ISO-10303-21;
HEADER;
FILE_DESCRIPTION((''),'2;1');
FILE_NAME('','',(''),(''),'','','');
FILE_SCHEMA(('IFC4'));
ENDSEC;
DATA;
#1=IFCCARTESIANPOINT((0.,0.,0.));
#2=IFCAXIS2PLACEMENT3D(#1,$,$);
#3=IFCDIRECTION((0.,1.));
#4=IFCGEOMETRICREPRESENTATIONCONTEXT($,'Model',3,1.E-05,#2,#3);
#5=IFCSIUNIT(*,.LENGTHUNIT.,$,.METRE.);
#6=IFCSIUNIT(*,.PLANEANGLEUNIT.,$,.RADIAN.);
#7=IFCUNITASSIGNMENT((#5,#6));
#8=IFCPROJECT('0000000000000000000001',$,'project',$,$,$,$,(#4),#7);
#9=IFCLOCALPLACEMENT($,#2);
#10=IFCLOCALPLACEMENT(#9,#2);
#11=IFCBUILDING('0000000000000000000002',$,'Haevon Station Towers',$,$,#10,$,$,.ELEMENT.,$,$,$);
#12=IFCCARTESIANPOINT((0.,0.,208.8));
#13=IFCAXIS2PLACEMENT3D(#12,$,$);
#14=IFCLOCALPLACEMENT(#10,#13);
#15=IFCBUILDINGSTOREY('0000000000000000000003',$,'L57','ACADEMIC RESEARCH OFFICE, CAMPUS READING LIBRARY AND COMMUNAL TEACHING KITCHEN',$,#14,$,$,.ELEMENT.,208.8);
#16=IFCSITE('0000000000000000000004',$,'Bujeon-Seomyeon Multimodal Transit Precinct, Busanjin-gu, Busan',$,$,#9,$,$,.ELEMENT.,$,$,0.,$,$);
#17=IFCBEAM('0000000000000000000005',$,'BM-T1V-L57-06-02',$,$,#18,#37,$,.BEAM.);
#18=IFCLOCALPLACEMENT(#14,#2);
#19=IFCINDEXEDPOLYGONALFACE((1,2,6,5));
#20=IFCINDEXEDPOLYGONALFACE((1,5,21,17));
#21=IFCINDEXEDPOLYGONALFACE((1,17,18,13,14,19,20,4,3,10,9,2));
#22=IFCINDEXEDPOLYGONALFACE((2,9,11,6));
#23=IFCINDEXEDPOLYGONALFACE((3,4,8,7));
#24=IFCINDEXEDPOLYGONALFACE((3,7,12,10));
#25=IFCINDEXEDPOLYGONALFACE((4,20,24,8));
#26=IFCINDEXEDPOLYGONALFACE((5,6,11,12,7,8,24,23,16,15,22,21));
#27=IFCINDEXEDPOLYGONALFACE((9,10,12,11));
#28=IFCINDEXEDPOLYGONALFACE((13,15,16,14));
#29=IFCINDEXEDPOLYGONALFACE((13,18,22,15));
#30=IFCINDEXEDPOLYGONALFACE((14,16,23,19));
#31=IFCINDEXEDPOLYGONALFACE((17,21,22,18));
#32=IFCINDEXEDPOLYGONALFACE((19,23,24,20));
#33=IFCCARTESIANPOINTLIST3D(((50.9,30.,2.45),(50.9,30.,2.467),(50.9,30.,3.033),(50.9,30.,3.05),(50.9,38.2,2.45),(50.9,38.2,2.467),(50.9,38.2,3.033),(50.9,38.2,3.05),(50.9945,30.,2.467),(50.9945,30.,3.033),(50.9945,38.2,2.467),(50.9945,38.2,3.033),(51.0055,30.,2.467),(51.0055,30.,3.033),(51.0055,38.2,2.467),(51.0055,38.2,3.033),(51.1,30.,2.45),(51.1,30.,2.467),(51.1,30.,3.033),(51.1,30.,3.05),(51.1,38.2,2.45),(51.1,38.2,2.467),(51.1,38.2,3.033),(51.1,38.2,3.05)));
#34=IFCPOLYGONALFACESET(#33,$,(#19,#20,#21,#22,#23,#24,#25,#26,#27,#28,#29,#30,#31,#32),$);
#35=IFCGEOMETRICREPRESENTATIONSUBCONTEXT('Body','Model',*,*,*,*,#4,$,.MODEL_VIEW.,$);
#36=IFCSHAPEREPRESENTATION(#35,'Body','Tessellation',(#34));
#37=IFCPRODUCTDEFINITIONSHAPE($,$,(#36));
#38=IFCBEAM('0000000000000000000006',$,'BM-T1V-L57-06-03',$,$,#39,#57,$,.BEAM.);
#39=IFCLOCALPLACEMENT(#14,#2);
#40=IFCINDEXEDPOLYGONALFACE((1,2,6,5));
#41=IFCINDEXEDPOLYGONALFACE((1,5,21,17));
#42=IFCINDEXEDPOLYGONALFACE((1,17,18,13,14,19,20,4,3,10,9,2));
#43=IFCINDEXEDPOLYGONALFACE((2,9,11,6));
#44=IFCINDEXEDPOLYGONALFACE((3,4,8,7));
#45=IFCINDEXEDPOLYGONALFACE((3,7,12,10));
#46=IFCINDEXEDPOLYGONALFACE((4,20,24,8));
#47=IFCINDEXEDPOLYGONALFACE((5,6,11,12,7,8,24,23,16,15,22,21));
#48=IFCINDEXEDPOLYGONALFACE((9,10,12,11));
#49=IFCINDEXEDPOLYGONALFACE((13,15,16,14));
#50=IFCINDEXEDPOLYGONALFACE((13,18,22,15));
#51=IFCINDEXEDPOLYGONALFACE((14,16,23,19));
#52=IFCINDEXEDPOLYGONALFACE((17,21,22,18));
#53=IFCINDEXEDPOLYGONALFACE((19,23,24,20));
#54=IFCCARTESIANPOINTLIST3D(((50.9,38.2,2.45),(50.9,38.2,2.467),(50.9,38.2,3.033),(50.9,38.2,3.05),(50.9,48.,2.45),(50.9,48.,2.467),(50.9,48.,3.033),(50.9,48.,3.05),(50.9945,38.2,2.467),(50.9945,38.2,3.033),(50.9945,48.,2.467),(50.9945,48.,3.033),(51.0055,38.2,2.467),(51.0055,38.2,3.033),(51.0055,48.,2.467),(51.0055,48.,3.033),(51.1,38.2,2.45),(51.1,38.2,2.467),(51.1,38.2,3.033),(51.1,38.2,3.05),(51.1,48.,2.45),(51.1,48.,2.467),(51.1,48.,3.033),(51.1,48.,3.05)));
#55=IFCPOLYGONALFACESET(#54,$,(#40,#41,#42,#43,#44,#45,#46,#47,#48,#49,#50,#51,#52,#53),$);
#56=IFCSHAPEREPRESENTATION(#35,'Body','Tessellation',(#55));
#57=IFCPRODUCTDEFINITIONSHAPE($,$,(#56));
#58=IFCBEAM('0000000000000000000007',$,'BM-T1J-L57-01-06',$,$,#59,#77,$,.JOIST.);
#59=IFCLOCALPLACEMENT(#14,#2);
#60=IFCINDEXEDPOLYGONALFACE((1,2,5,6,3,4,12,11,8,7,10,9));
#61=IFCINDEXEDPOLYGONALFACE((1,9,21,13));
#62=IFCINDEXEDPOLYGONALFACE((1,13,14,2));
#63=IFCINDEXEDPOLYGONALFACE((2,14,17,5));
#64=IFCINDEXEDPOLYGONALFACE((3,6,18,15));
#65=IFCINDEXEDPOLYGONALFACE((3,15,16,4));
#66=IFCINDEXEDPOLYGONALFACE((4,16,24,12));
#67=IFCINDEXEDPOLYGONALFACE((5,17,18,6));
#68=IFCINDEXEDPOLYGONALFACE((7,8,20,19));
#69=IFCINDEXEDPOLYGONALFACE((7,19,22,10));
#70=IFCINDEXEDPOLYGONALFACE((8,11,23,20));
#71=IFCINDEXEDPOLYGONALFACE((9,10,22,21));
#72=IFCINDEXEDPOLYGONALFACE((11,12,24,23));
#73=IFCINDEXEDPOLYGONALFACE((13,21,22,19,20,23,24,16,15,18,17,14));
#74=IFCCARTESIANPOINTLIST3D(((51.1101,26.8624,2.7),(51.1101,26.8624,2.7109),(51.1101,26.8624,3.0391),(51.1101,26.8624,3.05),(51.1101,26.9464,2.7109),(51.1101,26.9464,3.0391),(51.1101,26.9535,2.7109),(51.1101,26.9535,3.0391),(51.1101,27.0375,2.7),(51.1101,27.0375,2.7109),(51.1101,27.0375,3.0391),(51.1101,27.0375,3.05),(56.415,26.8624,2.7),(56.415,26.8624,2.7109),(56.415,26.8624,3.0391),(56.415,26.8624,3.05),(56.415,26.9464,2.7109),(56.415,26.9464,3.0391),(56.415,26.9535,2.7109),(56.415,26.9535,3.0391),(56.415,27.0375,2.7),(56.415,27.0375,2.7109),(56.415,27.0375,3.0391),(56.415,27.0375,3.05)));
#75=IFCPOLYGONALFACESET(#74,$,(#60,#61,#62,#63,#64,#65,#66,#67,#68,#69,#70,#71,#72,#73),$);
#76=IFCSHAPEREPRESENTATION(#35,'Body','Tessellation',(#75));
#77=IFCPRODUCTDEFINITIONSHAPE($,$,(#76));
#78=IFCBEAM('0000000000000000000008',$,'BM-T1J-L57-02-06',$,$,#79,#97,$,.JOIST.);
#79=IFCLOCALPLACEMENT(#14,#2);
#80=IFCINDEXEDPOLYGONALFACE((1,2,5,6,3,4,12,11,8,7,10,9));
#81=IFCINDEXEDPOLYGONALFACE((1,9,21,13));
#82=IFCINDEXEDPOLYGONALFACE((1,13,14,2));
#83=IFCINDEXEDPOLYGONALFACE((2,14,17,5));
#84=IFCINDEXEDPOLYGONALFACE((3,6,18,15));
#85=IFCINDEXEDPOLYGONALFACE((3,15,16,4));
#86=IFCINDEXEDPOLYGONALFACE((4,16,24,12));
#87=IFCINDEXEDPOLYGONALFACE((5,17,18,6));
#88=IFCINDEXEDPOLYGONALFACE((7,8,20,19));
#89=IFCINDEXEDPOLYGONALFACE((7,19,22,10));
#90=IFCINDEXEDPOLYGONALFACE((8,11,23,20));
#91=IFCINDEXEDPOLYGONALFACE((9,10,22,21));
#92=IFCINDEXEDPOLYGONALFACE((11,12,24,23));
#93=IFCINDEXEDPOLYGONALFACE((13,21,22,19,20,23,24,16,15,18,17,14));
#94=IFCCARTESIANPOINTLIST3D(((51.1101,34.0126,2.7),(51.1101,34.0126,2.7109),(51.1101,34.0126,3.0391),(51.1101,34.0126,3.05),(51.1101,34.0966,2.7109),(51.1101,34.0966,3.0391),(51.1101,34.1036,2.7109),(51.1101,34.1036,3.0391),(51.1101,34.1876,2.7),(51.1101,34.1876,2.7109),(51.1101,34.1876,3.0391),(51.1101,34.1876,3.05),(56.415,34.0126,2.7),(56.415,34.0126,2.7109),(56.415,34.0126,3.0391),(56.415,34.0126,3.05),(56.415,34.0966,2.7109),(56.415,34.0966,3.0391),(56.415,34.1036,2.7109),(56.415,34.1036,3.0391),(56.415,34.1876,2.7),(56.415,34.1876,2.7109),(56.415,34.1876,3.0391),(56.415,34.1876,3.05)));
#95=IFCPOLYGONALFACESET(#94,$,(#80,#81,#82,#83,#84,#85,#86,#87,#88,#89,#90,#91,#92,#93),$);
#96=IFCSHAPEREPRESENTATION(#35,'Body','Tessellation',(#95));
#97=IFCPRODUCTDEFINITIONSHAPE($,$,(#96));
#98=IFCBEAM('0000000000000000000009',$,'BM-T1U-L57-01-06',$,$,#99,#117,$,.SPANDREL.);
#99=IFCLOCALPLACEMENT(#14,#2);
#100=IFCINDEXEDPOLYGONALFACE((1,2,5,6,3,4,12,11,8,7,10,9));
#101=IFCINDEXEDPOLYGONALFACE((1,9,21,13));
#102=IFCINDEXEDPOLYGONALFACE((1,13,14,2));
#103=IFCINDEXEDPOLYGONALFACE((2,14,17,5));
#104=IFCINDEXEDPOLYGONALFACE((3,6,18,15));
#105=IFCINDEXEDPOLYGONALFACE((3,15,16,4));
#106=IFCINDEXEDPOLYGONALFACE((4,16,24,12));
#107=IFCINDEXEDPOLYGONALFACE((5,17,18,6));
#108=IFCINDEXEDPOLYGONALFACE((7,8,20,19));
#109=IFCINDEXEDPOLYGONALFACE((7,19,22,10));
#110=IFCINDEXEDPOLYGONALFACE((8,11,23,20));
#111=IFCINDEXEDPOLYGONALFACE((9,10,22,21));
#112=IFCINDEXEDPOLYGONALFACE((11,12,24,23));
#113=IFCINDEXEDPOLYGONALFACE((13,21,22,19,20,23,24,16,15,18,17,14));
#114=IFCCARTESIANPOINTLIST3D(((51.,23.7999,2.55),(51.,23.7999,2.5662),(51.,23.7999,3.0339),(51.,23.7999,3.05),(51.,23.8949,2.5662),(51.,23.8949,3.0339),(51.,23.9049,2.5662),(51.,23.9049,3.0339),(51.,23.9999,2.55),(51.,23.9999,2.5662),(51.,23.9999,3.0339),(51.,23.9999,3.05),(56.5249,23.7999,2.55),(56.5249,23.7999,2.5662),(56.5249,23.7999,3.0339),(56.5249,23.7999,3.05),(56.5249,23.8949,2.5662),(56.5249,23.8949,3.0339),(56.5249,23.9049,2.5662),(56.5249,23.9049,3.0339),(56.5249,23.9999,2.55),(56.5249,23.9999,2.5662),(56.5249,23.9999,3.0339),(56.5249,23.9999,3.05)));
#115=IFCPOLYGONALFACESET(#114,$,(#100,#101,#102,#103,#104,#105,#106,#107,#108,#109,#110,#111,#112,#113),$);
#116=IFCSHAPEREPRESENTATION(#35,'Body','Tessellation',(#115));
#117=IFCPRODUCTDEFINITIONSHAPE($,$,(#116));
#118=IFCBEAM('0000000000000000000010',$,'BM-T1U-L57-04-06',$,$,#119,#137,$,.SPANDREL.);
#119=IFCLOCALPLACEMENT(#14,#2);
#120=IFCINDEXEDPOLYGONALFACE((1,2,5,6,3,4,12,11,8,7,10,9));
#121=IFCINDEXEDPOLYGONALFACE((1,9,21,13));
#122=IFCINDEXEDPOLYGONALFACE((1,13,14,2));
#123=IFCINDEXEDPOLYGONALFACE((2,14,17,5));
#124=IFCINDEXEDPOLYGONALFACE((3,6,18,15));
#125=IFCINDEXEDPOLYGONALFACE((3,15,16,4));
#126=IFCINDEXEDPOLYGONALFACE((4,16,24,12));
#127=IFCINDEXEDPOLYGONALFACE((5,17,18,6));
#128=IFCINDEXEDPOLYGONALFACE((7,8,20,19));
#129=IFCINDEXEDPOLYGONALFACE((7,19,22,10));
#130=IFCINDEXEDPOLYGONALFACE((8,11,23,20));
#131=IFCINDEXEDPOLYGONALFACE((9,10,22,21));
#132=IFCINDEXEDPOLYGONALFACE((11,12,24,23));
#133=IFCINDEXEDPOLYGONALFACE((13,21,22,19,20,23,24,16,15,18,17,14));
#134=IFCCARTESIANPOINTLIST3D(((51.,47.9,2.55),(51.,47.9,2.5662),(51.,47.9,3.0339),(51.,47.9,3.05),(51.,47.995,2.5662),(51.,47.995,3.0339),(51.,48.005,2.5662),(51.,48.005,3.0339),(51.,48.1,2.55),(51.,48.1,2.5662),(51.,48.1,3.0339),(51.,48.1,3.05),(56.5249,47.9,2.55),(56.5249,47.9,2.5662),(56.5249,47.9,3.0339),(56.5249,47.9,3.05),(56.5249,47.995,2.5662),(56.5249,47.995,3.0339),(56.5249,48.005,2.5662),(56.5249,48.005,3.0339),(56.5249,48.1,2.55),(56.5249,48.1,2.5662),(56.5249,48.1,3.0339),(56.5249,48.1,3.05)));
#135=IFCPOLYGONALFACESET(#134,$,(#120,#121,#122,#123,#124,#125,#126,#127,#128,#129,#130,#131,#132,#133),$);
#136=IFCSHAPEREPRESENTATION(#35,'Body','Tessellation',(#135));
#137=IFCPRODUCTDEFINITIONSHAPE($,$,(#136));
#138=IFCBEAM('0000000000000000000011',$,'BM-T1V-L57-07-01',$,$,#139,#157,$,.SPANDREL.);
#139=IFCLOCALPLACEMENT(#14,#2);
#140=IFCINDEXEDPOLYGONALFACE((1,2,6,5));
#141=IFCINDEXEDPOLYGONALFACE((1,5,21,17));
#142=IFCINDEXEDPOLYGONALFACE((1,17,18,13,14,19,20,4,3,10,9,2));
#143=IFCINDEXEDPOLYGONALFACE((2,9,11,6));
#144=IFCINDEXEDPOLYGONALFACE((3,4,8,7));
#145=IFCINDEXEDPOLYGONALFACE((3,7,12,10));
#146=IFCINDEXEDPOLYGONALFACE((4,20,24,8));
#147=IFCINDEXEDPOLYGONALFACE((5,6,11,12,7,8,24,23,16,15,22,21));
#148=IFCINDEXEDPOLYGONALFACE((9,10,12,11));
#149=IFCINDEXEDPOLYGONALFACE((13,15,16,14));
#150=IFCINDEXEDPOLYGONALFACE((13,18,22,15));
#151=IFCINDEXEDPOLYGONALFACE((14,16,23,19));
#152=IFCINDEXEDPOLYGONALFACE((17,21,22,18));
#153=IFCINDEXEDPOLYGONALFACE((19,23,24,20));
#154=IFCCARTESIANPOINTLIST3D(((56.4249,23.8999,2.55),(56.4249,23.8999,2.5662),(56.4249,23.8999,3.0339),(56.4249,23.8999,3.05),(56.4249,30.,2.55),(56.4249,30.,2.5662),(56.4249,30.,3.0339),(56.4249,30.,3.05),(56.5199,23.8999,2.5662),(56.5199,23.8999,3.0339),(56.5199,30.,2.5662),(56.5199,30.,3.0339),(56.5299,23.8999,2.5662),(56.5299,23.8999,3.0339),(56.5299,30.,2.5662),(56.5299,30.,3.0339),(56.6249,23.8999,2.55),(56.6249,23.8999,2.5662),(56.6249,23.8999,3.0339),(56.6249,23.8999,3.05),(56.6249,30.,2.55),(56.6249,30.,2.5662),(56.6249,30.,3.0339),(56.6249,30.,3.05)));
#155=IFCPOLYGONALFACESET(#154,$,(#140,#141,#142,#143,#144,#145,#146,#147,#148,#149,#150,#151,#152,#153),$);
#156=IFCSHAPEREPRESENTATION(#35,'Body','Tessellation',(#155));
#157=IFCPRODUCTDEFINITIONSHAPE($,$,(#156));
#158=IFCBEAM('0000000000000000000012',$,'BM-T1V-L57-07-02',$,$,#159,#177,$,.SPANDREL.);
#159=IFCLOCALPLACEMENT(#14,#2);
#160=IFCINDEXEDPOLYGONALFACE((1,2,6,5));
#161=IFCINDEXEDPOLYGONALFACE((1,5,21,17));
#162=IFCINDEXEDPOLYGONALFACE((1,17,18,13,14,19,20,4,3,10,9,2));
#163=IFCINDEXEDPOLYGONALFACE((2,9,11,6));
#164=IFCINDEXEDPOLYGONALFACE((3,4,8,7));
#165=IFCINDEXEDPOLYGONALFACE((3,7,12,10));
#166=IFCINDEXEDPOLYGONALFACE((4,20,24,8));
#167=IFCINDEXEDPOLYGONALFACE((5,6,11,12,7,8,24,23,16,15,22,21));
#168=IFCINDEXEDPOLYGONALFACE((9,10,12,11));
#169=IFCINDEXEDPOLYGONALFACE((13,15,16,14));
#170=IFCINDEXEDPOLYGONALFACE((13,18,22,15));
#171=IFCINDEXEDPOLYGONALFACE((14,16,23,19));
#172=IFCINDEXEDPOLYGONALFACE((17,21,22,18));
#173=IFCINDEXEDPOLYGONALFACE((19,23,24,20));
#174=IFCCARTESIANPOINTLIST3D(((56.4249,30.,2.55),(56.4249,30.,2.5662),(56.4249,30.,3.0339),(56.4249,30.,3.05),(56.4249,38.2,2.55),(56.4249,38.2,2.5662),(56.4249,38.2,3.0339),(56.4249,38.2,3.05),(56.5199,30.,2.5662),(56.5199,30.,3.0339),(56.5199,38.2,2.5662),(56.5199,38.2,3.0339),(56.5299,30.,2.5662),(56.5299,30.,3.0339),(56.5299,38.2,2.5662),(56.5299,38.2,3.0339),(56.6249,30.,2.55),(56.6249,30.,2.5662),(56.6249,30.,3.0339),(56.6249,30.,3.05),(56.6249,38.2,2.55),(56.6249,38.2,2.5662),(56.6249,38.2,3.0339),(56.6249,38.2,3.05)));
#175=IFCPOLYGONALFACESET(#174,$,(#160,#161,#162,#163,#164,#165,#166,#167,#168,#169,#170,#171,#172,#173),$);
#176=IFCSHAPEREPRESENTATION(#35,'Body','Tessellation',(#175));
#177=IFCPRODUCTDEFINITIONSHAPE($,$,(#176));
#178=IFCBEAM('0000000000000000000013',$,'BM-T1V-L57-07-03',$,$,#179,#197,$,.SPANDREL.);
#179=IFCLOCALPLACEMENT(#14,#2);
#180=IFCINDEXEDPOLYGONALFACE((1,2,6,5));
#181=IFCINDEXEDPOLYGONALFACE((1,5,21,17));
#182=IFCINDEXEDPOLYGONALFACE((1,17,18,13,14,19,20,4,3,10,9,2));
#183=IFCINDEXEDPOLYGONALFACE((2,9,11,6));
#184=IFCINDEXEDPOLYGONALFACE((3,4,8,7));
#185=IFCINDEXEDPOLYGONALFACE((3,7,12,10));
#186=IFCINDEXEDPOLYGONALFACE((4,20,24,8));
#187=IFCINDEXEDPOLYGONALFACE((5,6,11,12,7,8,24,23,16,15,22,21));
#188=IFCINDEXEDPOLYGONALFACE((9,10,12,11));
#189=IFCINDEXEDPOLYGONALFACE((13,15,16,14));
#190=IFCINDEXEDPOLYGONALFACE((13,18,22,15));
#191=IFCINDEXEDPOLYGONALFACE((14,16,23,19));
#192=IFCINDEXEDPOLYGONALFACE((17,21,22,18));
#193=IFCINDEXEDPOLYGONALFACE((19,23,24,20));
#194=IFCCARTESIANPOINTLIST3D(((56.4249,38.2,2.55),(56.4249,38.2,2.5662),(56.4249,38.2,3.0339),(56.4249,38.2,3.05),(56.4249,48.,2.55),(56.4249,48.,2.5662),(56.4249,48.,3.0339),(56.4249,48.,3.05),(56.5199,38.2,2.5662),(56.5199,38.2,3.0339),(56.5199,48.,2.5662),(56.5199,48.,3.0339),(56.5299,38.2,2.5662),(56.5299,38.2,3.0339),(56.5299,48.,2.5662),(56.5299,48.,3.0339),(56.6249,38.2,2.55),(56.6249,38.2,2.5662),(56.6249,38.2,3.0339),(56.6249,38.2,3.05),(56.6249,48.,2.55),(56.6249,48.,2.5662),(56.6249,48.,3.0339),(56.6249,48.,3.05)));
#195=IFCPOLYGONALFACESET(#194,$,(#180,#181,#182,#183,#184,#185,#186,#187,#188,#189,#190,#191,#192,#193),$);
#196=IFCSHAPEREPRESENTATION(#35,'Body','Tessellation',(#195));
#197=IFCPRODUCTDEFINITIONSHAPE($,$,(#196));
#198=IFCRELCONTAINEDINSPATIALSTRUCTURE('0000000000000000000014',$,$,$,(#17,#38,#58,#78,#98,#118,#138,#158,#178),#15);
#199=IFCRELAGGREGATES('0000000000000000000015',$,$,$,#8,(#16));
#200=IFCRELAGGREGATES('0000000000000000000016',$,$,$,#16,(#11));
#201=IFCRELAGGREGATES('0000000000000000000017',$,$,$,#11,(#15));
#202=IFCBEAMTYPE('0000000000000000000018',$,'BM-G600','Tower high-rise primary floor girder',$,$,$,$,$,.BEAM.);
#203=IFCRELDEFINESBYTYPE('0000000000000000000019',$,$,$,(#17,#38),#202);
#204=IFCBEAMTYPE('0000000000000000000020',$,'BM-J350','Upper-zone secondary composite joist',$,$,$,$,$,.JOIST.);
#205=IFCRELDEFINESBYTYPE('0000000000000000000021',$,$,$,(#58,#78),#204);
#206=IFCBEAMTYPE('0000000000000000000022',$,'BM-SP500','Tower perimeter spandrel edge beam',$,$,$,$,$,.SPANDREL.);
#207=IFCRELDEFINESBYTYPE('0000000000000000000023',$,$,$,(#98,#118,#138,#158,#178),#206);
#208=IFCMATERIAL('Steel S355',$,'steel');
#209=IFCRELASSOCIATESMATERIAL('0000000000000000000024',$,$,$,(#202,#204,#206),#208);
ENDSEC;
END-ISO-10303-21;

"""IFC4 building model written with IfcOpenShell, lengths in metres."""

from ifc_helpers import new_model, si_unit, direction, frame, origin, origin_2d, place, context, subcontext, project, spatial, i_section, extrude, material, material_profile, profile_set, type_object, element, save


model = new_model("IFC4")

# Units and contexts
model_context = context("Model", 3, precision=1e-05, world=origin(), true_north=direction((0.0, 1.0)))
body_context = subcontext(model_context, "Body", "Model", "MODEL_VIEW")
ifc_project = project(units=[si_unit("LENGTHUNIT", "METRE"), si_unit("PLANEANGLEUNIT", "RADIAN")], contexts=[model_context])

# Site, building, storey
site_placement = place(None, origin())
site = spatial("IfcSite", under=ifc_project, at=site_placement, Name="Bujeon-Seomyeon Multimodal Transit Precinct, Busanjin-gu, Busan", CompositionType="ELEMENT", RefElevation=0.0)
building_placement = place(site_placement, origin())
building = spatial("IfcBuilding", under=site, at=building_placement, Name="Haevon Station Towers", CompositionType="ELEMENT")
storey_placement = place(building_placement, frame((0.0, 0.0, 208.8)))
storey = spatial("IfcBuildingStorey", under=building, at=storey_placement, Name="L57", Description="ACADEMIC RESEARCH OFFICE, CAMPUS READING LIBRARY AND COMMUNAL TEACHING KITCHEN", CompositionType="ELEMENT", Elevation=208.8)

# Shared definitions
ifc_material_1 = material(Name="Steel S355", Category="steel")

# Beams
ifc_material_profile_1 = material_profile(ifc_material_1, i_section(OverallWidth=0.2, OverallDepth=0.6001, WebThickness=0.011, FlangeThickness=0.0171, at=origin_2d()), Name="H-600x200x11x17")
ifc_profile_set_1 = profile_set([ifc_material_profile_1], Name="Steel S355")
beam_type_1 = type_object("IfcBeamType", Name="BM-G600", Description="Tower high-rise primary floor girder", PredefinedType="BEAM", material=ifc_profile_set_1)
beam_1_placement = place(storey_placement, frame((51.0, 30.0, 2.75), z_axis=(0.0, 1.0, 0.0), x_axis=(-1.0, 0.0, 0.0)))
element("IfcBeam", 1, at=beam_1_placement, inside=storey, type_object=beam_type_1, Name="BM-T1V-L57-06-02", PredefinedType="BEAM", context=body_context, shape_type="SweptSolid", body=[
    extrude(i_section(OverallWidth=0.2, OverallDepth=0.6001, WebThickness=0.011, FlangeThickness=0.0171, at=origin_2d()), origin(), (0.0, 0.0, 1.0), 8.2),
])
beam_2_placement = place(storey_placement, frame((51.0, 38.2, 2.75), z_axis=(0.0, 1.0, 0.0), x_axis=(-1.0, 0.0, 0.0)))
element("IfcBeam", 2, at=beam_2_placement, inside=storey, type_object=beam_type_1, Name="BM-T1V-L57-06-03", PredefinedType="BEAM", context=body_context, shape_type="SweptSolid", body=[
    extrude(i_section(OverallWidth=0.2, OverallDepth=0.6001, WebThickness=0.011, FlangeThickness=0.0171, at=origin_2d()), origin(), (0.0, 0.0, 1.0), 9.8),
])
ifc_material_profile_2 = material_profile(ifc_material_1, i_section(OverallWidth=0.175, OverallDepth=0.3501, WebThickness=0.0071, FlangeThickness=0.011, at=origin_2d()), Name="H-350x175x7x11")
ifc_profile_set_2 = profile_set([ifc_material_profile_2], Name="Steel S355")
beam_type_2 = type_object("IfcBeamType", Name="BM-J350", Description="Upper-zone secondary composite joist", PredefinedType="JOIST", material=ifc_profile_set_2)
for number, where, z_axis, x_axis, name in (
    (3, (51.1101, 26.95, 2.875), (1.0, 0.0, 0.0), (0.0, 1.0, 0.0), "BM-T1J-L57-01-06"),
    (4, (51.1101, 34.1001, 2.875), (1.0, 0.0, 0.0), (0.0, 1.0, 0.0), "BM-T1J-L57-02-06"),
):
    element("IfcBeam", number, at=place(storey_placement, frame(where, z_axis=z_axis, x_axis=x_axis)), inside=storey, type_object=beam_type_2, Name=name, PredefinedType="JOIST", context=body_context, shape_type="SweptSolid", body=[
        extrude(i_section(OverallWidth=0.175, OverallDepth=0.3501, WebThickness=0.0071, FlangeThickness=0.011, at=origin_2d()), origin(), (0.0, 0.0, 1.0), 5.3049),
    ])
ifc_material_profile_3 = material_profile(ifc_material_1, i_section(OverallWidth=0.2, OverallDepth=0.5, WebThickness=0.01, FlangeThickness=0.0161, at=origin_2d()), Name="H-500x200x10x16")
ifc_profile_set_3 = profile_set([ifc_material_profile_3], Name="Steel S355")
beam_type_3 = type_object("IfcBeamType", Name="BM-SP500", Description="Tower perimeter spandrel edge beam", PredefinedType="SPANDREL", material=ifc_profile_set_3)
for number, where, z_axis, x_axis, name in (
    (5, (51.0, 23.8999, 2.8), (1.0, 0.0, 0.0), (0.0, 1.0, 0.0), "BM-T1U-L57-01-06"),
    (6, (51.0, 48.0, 2.8), (1.0, 0.0, 0.0), (0.0, 1.0, 0.0), "BM-T1U-L57-04-06"),
):
    element("IfcBeam", number, at=place(storey_placement, frame(where, z_axis=z_axis, x_axis=x_axis)), inside=storey, type_object=beam_type_3, Name=name, PredefinedType="SPANDREL", context=body_context, shape_type="SweptSolid", body=[
        extrude(i_section(OverallWidth=0.2, OverallDepth=0.5, WebThickness=0.01, FlangeThickness=0.0161, at=origin_2d()), origin(), (0.0, 0.0, 1.0), 5.5249),
    ])
beam_3_placement = place(storey_placement, frame((56.5249, 23.8999, 2.8), z_axis=(0.0, 1.0, 0.0), x_axis=(-1.0, 0.0, 0.0)))
element("IfcBeam", 7, at=beam_3_placement, inside=storey, type_object=beam_type_3, Name="BM-T1V-L57-07-01", PredefinedType="SPANDREL", context=body_context, shape_type="SweptSolid", body=[
    extrude(i_section(OverallWidth=0.2, OverallDepth=0.5, WebThickness=0.01, FlangeThickness=0.0161, at=origin_2d()), origin(), (0.0, 0.0, 1.0), 6.1001),
])
beam_4_placement = place(storey_placement, frame((56.5249, 30.0, 2.8), z_axis=(0.0, 1.0, 0.0), x_axis=(-1.0, 0.0, 0.0)))
element("IfcBeam", 8, at=beam_4_placement, inside=storey, type_object=beam_type_3, Name="BM-T1V-L57-07-02", PredefinedType="SPANDREL", context=body_context, shape_type="SweptSolid", body=[
    extrude(i_section(OverallWidth=0.2, OverallDepth=0.5, WebThickness=0.01, FlangeThickness=0.0161, at=origin_2d()), origin(), (0.0, 0.0, 1.0), 8.2),
])
beam_5_placement = place(storey_placement, frame((56.5249, 38.2, 2.8), z_axis=(0.0, 1.0, 0.0), x_axis=(-1.0, 0.0, 0.0)))
element("IfcBeam", 9, at=beam_5_placement, inside=storey, type_object=beam_type_3, Name="BM-T1V-L57-07-03", PredefinedType="SPANDREL", context=body_context, shape_type="SweptSolid", body=[
    extrude(i_section(OverallWidth=0.2, OverallDepth=0.5, WebThickness=0.01, FlangeThickness=0.0161, at=origin_2d()), origin(), (0.0, 0.0, 1.0), 9.8),
])

save(model, "model.ifc")
